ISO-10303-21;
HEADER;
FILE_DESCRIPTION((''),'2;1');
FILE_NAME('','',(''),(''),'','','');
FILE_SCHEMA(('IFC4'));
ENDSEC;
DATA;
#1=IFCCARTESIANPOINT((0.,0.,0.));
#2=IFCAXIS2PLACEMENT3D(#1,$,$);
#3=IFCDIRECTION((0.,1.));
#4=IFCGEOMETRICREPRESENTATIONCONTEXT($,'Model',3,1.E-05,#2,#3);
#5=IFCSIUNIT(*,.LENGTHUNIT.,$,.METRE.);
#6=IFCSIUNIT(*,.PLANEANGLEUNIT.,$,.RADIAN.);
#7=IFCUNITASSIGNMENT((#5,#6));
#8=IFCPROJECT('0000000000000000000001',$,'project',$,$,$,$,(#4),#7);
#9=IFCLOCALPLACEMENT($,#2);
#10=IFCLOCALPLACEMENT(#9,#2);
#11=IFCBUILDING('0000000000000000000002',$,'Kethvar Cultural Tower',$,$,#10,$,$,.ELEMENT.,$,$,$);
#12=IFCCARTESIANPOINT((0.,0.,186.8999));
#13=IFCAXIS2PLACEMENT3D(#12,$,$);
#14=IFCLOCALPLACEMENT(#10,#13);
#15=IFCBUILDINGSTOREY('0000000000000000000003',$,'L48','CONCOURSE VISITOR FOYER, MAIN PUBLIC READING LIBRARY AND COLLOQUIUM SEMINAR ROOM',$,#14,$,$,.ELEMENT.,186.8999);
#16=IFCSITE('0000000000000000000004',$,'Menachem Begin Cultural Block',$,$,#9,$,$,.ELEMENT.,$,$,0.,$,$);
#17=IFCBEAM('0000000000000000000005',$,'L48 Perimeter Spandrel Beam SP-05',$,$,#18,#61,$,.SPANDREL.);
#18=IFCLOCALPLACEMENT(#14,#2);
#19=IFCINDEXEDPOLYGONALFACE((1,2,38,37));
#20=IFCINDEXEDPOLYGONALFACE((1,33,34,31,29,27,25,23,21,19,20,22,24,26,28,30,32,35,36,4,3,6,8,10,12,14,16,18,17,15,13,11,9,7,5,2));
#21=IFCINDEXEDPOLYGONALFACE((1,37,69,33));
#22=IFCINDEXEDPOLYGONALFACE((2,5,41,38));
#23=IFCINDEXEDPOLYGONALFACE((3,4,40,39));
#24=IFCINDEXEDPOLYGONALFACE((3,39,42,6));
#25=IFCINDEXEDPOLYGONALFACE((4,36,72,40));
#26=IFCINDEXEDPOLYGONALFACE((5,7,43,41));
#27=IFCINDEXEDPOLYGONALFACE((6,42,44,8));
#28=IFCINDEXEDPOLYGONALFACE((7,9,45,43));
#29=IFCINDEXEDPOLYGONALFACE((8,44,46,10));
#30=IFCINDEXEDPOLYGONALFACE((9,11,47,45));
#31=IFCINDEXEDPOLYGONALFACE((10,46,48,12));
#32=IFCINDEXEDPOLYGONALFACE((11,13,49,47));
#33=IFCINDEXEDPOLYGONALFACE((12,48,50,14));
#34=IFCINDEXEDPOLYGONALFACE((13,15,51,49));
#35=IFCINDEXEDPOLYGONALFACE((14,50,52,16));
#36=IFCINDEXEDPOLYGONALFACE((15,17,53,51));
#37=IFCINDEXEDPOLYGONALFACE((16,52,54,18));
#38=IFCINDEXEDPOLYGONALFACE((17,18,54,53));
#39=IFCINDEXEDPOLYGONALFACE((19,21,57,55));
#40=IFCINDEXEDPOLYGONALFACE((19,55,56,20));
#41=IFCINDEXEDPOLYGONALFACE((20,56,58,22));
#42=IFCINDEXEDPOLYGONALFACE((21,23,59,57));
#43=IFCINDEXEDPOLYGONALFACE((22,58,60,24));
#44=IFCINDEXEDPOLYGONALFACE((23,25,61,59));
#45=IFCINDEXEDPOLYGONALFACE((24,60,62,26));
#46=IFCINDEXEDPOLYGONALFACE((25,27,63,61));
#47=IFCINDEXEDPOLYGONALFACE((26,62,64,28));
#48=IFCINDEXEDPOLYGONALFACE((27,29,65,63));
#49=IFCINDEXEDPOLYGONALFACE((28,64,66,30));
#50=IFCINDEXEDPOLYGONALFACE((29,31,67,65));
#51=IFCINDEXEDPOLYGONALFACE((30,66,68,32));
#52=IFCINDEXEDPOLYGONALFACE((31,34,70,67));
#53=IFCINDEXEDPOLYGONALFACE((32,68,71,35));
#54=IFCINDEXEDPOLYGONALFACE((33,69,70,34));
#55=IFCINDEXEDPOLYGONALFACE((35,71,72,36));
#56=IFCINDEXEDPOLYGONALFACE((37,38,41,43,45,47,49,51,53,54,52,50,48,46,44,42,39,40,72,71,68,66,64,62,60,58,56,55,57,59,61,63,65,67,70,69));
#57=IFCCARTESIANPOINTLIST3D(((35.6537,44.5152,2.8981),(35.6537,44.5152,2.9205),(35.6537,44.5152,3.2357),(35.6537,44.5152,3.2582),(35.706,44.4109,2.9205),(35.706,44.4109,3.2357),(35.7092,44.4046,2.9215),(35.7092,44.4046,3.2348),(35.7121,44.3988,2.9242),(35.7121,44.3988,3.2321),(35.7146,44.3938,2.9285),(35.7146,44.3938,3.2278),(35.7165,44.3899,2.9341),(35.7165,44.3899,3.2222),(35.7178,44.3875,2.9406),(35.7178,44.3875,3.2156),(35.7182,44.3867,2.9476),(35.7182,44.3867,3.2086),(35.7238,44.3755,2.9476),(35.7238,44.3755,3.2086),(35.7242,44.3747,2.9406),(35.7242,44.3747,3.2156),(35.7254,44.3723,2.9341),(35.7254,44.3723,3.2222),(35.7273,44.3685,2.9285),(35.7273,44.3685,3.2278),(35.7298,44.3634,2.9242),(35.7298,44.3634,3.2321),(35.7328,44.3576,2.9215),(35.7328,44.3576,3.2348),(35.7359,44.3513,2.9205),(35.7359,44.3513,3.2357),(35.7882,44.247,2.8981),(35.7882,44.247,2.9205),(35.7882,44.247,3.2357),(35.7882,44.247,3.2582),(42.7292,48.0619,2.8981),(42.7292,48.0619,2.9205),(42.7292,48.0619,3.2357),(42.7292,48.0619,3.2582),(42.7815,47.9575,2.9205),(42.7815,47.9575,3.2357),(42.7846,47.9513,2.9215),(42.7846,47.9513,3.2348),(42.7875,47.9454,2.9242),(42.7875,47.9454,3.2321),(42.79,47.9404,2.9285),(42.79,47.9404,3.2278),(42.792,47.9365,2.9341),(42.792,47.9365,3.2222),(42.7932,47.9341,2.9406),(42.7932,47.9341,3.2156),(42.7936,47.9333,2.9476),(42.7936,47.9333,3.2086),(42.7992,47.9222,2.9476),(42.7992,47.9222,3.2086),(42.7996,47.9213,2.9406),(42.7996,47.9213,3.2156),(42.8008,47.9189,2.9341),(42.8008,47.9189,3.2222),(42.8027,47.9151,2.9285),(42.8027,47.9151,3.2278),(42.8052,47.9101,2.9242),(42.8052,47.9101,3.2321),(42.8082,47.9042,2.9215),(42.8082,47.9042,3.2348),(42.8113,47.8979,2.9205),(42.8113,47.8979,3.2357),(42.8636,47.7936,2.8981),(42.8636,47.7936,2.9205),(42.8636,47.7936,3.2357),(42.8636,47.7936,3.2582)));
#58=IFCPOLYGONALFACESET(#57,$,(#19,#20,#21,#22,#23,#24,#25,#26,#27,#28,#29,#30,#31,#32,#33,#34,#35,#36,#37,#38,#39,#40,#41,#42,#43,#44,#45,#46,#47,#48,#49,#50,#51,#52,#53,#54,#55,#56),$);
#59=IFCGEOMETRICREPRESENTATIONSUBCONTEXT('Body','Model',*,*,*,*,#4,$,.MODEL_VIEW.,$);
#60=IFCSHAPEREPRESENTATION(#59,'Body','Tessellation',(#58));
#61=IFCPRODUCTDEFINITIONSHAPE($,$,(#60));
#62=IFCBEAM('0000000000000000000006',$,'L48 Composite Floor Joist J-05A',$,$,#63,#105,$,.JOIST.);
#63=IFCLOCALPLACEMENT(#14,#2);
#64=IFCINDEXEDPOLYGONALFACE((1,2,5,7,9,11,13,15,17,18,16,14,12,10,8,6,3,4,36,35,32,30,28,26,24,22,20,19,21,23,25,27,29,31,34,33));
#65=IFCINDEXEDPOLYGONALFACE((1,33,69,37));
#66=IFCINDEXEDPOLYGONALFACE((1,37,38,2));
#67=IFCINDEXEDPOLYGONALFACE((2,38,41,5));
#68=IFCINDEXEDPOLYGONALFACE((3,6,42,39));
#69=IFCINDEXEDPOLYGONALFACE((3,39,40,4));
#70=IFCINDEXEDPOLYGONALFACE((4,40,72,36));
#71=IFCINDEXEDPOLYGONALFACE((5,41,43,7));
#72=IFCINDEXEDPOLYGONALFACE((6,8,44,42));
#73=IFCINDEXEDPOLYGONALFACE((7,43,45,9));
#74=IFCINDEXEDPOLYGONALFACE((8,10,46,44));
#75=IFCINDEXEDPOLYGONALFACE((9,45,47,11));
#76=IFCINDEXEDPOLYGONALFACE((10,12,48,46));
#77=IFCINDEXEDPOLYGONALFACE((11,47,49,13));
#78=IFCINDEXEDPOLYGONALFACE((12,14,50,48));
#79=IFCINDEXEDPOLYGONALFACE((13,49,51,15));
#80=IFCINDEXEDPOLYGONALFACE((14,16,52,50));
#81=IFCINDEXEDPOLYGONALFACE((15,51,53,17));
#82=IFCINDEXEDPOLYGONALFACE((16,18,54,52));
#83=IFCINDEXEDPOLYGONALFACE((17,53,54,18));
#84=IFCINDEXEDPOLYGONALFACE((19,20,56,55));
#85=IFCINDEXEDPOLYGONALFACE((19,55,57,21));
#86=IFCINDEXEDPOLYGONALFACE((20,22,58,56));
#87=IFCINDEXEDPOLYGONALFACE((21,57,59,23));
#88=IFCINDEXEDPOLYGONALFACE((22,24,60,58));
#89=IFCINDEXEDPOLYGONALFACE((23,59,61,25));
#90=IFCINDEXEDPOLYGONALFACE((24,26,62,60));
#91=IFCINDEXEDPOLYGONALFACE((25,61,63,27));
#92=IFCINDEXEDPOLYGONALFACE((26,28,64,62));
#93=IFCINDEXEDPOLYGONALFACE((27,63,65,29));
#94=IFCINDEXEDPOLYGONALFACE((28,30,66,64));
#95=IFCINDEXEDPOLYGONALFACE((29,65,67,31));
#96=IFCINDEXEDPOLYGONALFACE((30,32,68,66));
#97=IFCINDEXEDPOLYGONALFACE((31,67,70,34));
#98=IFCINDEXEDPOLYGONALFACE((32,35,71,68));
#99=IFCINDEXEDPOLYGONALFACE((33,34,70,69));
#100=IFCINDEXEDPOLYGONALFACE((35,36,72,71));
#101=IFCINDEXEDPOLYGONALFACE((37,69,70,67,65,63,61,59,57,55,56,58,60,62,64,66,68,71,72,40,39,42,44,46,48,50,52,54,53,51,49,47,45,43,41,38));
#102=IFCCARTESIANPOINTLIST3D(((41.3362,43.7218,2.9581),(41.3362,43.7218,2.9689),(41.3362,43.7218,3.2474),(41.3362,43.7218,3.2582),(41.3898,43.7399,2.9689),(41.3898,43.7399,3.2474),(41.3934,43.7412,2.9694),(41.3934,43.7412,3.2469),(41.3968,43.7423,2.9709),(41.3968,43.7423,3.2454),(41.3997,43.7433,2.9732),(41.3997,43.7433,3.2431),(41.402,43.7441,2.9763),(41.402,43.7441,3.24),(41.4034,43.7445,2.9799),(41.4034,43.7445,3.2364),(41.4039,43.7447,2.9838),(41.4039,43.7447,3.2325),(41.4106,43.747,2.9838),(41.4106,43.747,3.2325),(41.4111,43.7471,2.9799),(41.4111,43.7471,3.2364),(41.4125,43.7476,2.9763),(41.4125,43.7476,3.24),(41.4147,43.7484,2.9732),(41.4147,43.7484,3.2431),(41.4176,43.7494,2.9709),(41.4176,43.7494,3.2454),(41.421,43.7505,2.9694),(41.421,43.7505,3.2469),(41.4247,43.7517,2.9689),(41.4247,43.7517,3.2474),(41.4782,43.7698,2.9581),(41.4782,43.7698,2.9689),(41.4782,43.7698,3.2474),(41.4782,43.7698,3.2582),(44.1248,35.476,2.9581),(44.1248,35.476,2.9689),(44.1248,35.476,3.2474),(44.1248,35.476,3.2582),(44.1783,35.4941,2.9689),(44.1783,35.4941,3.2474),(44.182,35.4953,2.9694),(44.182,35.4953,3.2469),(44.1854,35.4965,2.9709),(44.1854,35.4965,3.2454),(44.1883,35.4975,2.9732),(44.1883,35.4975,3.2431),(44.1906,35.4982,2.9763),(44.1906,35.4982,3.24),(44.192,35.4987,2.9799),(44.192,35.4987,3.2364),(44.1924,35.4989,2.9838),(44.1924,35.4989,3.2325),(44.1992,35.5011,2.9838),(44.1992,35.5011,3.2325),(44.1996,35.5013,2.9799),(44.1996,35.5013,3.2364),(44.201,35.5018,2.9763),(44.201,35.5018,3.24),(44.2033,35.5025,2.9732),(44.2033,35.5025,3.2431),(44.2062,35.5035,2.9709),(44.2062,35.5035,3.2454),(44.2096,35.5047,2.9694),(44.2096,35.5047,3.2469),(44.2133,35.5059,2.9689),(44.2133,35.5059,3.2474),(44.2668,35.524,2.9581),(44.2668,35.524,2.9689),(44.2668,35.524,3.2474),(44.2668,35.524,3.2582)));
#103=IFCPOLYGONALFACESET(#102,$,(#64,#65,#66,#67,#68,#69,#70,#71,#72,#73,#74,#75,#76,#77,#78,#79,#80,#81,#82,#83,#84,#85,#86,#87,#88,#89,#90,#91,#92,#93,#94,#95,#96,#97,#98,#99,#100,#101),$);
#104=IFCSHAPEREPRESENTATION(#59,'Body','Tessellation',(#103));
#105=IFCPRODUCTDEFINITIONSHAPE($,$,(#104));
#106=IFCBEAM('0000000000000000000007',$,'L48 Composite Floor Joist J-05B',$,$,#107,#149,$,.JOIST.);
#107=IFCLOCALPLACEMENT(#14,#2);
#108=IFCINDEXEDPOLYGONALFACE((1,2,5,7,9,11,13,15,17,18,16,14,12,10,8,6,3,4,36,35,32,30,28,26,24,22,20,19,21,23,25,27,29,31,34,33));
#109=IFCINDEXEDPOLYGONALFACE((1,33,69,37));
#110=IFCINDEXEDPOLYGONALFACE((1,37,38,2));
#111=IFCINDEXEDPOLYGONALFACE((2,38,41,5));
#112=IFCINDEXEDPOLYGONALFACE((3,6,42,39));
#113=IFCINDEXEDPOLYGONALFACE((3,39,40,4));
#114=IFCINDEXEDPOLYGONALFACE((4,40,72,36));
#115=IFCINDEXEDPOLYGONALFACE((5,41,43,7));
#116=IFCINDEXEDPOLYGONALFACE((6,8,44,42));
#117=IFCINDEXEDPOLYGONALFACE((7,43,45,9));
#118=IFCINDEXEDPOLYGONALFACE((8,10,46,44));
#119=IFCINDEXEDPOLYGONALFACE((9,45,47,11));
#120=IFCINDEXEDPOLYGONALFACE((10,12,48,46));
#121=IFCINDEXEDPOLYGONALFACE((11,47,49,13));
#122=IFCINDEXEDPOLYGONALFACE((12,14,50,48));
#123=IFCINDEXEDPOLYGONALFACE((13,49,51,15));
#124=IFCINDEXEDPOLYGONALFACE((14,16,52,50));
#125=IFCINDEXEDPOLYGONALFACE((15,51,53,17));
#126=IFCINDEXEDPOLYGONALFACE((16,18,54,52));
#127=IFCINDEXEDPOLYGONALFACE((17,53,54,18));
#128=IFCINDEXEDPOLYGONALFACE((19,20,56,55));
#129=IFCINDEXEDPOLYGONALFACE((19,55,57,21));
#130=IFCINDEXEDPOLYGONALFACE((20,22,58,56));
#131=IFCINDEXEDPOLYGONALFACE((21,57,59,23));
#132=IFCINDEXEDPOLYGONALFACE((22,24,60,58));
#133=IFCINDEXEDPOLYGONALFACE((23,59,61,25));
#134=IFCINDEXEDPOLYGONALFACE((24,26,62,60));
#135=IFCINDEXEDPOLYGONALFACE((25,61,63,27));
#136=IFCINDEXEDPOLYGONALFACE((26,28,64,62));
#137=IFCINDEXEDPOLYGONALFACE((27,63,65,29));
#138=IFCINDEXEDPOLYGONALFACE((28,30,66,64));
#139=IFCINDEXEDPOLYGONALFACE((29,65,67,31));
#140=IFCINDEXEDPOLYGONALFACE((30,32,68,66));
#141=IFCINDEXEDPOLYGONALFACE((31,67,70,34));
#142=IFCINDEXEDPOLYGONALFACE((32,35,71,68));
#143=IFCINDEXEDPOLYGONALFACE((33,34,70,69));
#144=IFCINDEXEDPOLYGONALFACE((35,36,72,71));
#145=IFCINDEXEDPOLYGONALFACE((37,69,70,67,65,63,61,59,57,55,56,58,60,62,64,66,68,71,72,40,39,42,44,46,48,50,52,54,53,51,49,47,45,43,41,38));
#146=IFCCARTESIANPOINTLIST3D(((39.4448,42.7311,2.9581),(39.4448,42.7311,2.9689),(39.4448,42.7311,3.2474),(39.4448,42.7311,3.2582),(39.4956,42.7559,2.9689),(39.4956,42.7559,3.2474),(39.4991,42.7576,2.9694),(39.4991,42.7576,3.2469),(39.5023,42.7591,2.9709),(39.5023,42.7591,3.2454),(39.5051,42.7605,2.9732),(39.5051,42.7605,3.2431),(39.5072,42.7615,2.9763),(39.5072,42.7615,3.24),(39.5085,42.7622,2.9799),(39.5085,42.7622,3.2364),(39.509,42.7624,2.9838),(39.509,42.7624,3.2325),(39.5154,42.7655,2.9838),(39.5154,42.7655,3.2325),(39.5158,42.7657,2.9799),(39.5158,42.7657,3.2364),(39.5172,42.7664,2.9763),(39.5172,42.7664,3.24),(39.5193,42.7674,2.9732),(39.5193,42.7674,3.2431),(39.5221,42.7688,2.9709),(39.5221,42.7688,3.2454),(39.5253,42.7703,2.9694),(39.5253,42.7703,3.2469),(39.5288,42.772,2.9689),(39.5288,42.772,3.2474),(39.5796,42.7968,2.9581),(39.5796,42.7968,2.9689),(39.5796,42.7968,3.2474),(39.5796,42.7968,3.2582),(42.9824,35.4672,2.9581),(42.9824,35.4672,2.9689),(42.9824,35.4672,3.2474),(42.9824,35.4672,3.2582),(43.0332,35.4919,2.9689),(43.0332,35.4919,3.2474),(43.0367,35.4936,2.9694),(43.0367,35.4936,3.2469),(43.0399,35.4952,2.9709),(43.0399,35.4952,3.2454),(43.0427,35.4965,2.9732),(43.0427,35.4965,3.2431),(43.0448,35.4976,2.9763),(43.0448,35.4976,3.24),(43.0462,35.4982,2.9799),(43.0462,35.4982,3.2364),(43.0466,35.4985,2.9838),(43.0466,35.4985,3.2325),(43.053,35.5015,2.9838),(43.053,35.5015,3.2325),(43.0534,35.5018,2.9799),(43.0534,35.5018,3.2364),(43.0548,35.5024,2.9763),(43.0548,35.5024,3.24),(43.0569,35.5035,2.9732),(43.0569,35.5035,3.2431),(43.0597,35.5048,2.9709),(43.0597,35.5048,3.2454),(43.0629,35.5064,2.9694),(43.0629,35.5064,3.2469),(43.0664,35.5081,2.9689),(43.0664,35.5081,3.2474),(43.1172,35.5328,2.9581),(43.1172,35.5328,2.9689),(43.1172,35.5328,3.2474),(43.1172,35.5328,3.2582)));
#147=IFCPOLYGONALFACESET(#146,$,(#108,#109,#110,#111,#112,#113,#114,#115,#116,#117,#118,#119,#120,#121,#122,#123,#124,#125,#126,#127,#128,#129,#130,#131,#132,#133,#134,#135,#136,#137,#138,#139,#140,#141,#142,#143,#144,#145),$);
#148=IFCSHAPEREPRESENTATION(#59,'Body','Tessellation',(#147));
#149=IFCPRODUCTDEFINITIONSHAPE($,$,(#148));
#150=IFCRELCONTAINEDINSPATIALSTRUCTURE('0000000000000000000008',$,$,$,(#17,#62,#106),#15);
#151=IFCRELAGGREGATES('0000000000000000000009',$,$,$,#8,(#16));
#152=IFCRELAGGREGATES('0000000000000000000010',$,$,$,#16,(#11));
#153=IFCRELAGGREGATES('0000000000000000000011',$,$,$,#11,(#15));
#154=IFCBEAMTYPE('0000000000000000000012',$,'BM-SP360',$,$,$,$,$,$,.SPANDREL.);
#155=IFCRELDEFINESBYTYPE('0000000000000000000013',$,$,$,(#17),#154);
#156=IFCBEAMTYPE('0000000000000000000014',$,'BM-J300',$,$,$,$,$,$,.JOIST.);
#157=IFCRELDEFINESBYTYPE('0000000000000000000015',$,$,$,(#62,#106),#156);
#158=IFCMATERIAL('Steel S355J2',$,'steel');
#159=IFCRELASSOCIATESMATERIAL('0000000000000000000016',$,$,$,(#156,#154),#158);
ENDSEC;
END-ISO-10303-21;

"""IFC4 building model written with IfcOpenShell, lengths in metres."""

from ifc_helpers import new_model, si_unit, direction, frame, origin, origin_2d, place, context, subcontext, project, spatial, i_section, extrude, source, transform, mapped, material, material_profile, profile_set, type_object, element, save


model = new_model("IFC4")

# Units and contexts
model_context = context("Model", 3, precision=1e-05, world=origin(), true_north=direction((0.0, 1.0)))
body_context = subcontext(model_context, "Body", "Model", "MODEL_VIEW")
ifc_project = project(units=[si_unit("LENGTHUNIT", "METRE"), si_unit("PLANEANGLEUNIT", "RADIAN")], contexts=[model_context])

# Site, building, storey
site_placement = place(None, origin())
site = spatial("IfcSite", under=ifc_project, at=site_placement, Name="Menachem Begin Cultural Block", CompositionType="ELEMENT", RefElevation=0.0)
building_placement = place(site_placement, origin())
building = spatial("IfcBuilding", under=site, at=building_placement, Name="Kethvar Cultural Tower", CompositionType="ELEMENT")
storey_placement = place(building_placement, frame((0.0, 0.0, 186.8999)))
storey = spatial("IfcBuildingStorey", under=building, at=storey_placement, Name="L48", Description="CONCOURSE VISITOR FOYER, MAIN PUBLIC READING LIBRARY AND COLLOQUIUM SEMINAR ROOM", CompositionType="ELEMENT", Elevation=186.8999)

# Beams
ifc_material_1 = material(Name="Steel S355J2", Category="steel")
ifc_material_profile_1 = material_profile(ifc_material_1, i_section(OverallWidth=0.1499, OverallDepth=0.3, WebThickness=0.0071, FlangeThickness=0.0107, FilletRadius=0.0149, at=origin_2d()), Name="Steel S355J2 — IPE300")
ifc_profile_set_1 = profile_set([ifc_material_profile_1], Name="Steel S355J2 — IPE300")
beam_type_1 = type_object("IfcBeamType", Name="BM-J300", PredefinedType="JOIST", material=ifc_profile_set_1)
ifc_material_profile_2 = material_profile(ifc_material_1, i_section(OverallWidth=0.3, OverallDepth=0.3601, WebThickness=0.0125, FlangeThickness=0.0225, FilletRadius=0.0271, at=origin_2d()), Name="Steel S355J2 — HEB360")
ifc_profile_set_2 = profile_set([ifc_material_profile_2], Name="Steel S355J2 — HEB360")
beam_type_2 = type_object("IfcBeamType", Name="BM-SP360", PredefinedType="SPANDREL", material=ifc_profile_set_2)
shared_shape_1 = source(origin(), body_context, "Body", "SweptSolid", [
    extrude(i_section(OverallWidth=0.3, OverallDepth=0.3601, WebThickness=0.0125, FlangeThickness=0.0225, FilletRadius=0.0271, at=origin_2d()), origin(), (0.0, 0.0, 1.0), 7.9146),
])
beam_1_placement = place(storey_placement, frame((42.7964, 47.9277, 3.0781), z_axis=(-0.893976, -0.448114, 0.0), x_axis=(0.448114, -0.893976, 0.0)))
element("IfcBeam", 1, at=beam_1_placement, inside=storey, type_object=beam_type_2, Name="L48 Perimeter Spandrel Beam SP-05", PredefinedType="SPANDREL", context=body_context, shape_type="MappedRepresentation", body=[
    mapped(shared_shape_1, transform((0.0, 0.0, 0.0), scale=1.0)),
])
shared_shape_2 = source(origin(), body_context, "Body", "SweptSolid", [
    extrude(i_section(OverallWidth=0.1499, OverallDepth=0.3, WebThickness=0.0071, FlangeThickness=0.0107, FilletRadius=0.0149, at=origin_2d()), origin(), (0.0, 0.0, 1.0), 8.7046),
])
beam_2_placement = place(storey_placement, frame((44.1958, 35.5, 3.1082), z_axis=(-0.320356, 0.947297, 0.0), x_axis=(-0.947297, -0.320356, 0.0)))
element("IfcBeam", 2, at=beam_2_placement, inside=storey, type_object=beam_type_1, Name="L48 Composite Floor Joist J-05A", PredefinedType="JOIST", context=body_context, shape_type="MappedRepresentation", body=[
    mapped(shared_shape_2, transform((0.0, 0.0, 0.0), scale=1.0)),
])
shared_shape_3 = source(origin(), body_context, "Body", "SweptSolid", [
    extrude(i_section(OverallWidth=0.1499, OverallDepth=0.3, WebThickness=0.0071, FlangeThickness=0.0107, FilletRadius=0.0149, at=origin_2d()), origin(), (0.0, 0.0, 1.0), 8.0796),
])
beam_3_placement = place(storey_placement, frame((43.0498, 35.5, 3.1082), z_axis=(-0.437846, 0.89905, 0.0), x_axis=(-0.89905, -0.437846, 0.0)))
element("IfcBeam", 3, at=beam_3_placement, inside=storey, type_object=beam_type_1, Name="L48 Composite Floor Joist J-05B", PredefinedType="JOIST", context=body_context, shape_type="MappedRepresentation", body=[
    mapped(shared_shape_3, transform((0.0, 0.0, 0.0), scale=1.0)),
])

save(model, "model.ifc")
